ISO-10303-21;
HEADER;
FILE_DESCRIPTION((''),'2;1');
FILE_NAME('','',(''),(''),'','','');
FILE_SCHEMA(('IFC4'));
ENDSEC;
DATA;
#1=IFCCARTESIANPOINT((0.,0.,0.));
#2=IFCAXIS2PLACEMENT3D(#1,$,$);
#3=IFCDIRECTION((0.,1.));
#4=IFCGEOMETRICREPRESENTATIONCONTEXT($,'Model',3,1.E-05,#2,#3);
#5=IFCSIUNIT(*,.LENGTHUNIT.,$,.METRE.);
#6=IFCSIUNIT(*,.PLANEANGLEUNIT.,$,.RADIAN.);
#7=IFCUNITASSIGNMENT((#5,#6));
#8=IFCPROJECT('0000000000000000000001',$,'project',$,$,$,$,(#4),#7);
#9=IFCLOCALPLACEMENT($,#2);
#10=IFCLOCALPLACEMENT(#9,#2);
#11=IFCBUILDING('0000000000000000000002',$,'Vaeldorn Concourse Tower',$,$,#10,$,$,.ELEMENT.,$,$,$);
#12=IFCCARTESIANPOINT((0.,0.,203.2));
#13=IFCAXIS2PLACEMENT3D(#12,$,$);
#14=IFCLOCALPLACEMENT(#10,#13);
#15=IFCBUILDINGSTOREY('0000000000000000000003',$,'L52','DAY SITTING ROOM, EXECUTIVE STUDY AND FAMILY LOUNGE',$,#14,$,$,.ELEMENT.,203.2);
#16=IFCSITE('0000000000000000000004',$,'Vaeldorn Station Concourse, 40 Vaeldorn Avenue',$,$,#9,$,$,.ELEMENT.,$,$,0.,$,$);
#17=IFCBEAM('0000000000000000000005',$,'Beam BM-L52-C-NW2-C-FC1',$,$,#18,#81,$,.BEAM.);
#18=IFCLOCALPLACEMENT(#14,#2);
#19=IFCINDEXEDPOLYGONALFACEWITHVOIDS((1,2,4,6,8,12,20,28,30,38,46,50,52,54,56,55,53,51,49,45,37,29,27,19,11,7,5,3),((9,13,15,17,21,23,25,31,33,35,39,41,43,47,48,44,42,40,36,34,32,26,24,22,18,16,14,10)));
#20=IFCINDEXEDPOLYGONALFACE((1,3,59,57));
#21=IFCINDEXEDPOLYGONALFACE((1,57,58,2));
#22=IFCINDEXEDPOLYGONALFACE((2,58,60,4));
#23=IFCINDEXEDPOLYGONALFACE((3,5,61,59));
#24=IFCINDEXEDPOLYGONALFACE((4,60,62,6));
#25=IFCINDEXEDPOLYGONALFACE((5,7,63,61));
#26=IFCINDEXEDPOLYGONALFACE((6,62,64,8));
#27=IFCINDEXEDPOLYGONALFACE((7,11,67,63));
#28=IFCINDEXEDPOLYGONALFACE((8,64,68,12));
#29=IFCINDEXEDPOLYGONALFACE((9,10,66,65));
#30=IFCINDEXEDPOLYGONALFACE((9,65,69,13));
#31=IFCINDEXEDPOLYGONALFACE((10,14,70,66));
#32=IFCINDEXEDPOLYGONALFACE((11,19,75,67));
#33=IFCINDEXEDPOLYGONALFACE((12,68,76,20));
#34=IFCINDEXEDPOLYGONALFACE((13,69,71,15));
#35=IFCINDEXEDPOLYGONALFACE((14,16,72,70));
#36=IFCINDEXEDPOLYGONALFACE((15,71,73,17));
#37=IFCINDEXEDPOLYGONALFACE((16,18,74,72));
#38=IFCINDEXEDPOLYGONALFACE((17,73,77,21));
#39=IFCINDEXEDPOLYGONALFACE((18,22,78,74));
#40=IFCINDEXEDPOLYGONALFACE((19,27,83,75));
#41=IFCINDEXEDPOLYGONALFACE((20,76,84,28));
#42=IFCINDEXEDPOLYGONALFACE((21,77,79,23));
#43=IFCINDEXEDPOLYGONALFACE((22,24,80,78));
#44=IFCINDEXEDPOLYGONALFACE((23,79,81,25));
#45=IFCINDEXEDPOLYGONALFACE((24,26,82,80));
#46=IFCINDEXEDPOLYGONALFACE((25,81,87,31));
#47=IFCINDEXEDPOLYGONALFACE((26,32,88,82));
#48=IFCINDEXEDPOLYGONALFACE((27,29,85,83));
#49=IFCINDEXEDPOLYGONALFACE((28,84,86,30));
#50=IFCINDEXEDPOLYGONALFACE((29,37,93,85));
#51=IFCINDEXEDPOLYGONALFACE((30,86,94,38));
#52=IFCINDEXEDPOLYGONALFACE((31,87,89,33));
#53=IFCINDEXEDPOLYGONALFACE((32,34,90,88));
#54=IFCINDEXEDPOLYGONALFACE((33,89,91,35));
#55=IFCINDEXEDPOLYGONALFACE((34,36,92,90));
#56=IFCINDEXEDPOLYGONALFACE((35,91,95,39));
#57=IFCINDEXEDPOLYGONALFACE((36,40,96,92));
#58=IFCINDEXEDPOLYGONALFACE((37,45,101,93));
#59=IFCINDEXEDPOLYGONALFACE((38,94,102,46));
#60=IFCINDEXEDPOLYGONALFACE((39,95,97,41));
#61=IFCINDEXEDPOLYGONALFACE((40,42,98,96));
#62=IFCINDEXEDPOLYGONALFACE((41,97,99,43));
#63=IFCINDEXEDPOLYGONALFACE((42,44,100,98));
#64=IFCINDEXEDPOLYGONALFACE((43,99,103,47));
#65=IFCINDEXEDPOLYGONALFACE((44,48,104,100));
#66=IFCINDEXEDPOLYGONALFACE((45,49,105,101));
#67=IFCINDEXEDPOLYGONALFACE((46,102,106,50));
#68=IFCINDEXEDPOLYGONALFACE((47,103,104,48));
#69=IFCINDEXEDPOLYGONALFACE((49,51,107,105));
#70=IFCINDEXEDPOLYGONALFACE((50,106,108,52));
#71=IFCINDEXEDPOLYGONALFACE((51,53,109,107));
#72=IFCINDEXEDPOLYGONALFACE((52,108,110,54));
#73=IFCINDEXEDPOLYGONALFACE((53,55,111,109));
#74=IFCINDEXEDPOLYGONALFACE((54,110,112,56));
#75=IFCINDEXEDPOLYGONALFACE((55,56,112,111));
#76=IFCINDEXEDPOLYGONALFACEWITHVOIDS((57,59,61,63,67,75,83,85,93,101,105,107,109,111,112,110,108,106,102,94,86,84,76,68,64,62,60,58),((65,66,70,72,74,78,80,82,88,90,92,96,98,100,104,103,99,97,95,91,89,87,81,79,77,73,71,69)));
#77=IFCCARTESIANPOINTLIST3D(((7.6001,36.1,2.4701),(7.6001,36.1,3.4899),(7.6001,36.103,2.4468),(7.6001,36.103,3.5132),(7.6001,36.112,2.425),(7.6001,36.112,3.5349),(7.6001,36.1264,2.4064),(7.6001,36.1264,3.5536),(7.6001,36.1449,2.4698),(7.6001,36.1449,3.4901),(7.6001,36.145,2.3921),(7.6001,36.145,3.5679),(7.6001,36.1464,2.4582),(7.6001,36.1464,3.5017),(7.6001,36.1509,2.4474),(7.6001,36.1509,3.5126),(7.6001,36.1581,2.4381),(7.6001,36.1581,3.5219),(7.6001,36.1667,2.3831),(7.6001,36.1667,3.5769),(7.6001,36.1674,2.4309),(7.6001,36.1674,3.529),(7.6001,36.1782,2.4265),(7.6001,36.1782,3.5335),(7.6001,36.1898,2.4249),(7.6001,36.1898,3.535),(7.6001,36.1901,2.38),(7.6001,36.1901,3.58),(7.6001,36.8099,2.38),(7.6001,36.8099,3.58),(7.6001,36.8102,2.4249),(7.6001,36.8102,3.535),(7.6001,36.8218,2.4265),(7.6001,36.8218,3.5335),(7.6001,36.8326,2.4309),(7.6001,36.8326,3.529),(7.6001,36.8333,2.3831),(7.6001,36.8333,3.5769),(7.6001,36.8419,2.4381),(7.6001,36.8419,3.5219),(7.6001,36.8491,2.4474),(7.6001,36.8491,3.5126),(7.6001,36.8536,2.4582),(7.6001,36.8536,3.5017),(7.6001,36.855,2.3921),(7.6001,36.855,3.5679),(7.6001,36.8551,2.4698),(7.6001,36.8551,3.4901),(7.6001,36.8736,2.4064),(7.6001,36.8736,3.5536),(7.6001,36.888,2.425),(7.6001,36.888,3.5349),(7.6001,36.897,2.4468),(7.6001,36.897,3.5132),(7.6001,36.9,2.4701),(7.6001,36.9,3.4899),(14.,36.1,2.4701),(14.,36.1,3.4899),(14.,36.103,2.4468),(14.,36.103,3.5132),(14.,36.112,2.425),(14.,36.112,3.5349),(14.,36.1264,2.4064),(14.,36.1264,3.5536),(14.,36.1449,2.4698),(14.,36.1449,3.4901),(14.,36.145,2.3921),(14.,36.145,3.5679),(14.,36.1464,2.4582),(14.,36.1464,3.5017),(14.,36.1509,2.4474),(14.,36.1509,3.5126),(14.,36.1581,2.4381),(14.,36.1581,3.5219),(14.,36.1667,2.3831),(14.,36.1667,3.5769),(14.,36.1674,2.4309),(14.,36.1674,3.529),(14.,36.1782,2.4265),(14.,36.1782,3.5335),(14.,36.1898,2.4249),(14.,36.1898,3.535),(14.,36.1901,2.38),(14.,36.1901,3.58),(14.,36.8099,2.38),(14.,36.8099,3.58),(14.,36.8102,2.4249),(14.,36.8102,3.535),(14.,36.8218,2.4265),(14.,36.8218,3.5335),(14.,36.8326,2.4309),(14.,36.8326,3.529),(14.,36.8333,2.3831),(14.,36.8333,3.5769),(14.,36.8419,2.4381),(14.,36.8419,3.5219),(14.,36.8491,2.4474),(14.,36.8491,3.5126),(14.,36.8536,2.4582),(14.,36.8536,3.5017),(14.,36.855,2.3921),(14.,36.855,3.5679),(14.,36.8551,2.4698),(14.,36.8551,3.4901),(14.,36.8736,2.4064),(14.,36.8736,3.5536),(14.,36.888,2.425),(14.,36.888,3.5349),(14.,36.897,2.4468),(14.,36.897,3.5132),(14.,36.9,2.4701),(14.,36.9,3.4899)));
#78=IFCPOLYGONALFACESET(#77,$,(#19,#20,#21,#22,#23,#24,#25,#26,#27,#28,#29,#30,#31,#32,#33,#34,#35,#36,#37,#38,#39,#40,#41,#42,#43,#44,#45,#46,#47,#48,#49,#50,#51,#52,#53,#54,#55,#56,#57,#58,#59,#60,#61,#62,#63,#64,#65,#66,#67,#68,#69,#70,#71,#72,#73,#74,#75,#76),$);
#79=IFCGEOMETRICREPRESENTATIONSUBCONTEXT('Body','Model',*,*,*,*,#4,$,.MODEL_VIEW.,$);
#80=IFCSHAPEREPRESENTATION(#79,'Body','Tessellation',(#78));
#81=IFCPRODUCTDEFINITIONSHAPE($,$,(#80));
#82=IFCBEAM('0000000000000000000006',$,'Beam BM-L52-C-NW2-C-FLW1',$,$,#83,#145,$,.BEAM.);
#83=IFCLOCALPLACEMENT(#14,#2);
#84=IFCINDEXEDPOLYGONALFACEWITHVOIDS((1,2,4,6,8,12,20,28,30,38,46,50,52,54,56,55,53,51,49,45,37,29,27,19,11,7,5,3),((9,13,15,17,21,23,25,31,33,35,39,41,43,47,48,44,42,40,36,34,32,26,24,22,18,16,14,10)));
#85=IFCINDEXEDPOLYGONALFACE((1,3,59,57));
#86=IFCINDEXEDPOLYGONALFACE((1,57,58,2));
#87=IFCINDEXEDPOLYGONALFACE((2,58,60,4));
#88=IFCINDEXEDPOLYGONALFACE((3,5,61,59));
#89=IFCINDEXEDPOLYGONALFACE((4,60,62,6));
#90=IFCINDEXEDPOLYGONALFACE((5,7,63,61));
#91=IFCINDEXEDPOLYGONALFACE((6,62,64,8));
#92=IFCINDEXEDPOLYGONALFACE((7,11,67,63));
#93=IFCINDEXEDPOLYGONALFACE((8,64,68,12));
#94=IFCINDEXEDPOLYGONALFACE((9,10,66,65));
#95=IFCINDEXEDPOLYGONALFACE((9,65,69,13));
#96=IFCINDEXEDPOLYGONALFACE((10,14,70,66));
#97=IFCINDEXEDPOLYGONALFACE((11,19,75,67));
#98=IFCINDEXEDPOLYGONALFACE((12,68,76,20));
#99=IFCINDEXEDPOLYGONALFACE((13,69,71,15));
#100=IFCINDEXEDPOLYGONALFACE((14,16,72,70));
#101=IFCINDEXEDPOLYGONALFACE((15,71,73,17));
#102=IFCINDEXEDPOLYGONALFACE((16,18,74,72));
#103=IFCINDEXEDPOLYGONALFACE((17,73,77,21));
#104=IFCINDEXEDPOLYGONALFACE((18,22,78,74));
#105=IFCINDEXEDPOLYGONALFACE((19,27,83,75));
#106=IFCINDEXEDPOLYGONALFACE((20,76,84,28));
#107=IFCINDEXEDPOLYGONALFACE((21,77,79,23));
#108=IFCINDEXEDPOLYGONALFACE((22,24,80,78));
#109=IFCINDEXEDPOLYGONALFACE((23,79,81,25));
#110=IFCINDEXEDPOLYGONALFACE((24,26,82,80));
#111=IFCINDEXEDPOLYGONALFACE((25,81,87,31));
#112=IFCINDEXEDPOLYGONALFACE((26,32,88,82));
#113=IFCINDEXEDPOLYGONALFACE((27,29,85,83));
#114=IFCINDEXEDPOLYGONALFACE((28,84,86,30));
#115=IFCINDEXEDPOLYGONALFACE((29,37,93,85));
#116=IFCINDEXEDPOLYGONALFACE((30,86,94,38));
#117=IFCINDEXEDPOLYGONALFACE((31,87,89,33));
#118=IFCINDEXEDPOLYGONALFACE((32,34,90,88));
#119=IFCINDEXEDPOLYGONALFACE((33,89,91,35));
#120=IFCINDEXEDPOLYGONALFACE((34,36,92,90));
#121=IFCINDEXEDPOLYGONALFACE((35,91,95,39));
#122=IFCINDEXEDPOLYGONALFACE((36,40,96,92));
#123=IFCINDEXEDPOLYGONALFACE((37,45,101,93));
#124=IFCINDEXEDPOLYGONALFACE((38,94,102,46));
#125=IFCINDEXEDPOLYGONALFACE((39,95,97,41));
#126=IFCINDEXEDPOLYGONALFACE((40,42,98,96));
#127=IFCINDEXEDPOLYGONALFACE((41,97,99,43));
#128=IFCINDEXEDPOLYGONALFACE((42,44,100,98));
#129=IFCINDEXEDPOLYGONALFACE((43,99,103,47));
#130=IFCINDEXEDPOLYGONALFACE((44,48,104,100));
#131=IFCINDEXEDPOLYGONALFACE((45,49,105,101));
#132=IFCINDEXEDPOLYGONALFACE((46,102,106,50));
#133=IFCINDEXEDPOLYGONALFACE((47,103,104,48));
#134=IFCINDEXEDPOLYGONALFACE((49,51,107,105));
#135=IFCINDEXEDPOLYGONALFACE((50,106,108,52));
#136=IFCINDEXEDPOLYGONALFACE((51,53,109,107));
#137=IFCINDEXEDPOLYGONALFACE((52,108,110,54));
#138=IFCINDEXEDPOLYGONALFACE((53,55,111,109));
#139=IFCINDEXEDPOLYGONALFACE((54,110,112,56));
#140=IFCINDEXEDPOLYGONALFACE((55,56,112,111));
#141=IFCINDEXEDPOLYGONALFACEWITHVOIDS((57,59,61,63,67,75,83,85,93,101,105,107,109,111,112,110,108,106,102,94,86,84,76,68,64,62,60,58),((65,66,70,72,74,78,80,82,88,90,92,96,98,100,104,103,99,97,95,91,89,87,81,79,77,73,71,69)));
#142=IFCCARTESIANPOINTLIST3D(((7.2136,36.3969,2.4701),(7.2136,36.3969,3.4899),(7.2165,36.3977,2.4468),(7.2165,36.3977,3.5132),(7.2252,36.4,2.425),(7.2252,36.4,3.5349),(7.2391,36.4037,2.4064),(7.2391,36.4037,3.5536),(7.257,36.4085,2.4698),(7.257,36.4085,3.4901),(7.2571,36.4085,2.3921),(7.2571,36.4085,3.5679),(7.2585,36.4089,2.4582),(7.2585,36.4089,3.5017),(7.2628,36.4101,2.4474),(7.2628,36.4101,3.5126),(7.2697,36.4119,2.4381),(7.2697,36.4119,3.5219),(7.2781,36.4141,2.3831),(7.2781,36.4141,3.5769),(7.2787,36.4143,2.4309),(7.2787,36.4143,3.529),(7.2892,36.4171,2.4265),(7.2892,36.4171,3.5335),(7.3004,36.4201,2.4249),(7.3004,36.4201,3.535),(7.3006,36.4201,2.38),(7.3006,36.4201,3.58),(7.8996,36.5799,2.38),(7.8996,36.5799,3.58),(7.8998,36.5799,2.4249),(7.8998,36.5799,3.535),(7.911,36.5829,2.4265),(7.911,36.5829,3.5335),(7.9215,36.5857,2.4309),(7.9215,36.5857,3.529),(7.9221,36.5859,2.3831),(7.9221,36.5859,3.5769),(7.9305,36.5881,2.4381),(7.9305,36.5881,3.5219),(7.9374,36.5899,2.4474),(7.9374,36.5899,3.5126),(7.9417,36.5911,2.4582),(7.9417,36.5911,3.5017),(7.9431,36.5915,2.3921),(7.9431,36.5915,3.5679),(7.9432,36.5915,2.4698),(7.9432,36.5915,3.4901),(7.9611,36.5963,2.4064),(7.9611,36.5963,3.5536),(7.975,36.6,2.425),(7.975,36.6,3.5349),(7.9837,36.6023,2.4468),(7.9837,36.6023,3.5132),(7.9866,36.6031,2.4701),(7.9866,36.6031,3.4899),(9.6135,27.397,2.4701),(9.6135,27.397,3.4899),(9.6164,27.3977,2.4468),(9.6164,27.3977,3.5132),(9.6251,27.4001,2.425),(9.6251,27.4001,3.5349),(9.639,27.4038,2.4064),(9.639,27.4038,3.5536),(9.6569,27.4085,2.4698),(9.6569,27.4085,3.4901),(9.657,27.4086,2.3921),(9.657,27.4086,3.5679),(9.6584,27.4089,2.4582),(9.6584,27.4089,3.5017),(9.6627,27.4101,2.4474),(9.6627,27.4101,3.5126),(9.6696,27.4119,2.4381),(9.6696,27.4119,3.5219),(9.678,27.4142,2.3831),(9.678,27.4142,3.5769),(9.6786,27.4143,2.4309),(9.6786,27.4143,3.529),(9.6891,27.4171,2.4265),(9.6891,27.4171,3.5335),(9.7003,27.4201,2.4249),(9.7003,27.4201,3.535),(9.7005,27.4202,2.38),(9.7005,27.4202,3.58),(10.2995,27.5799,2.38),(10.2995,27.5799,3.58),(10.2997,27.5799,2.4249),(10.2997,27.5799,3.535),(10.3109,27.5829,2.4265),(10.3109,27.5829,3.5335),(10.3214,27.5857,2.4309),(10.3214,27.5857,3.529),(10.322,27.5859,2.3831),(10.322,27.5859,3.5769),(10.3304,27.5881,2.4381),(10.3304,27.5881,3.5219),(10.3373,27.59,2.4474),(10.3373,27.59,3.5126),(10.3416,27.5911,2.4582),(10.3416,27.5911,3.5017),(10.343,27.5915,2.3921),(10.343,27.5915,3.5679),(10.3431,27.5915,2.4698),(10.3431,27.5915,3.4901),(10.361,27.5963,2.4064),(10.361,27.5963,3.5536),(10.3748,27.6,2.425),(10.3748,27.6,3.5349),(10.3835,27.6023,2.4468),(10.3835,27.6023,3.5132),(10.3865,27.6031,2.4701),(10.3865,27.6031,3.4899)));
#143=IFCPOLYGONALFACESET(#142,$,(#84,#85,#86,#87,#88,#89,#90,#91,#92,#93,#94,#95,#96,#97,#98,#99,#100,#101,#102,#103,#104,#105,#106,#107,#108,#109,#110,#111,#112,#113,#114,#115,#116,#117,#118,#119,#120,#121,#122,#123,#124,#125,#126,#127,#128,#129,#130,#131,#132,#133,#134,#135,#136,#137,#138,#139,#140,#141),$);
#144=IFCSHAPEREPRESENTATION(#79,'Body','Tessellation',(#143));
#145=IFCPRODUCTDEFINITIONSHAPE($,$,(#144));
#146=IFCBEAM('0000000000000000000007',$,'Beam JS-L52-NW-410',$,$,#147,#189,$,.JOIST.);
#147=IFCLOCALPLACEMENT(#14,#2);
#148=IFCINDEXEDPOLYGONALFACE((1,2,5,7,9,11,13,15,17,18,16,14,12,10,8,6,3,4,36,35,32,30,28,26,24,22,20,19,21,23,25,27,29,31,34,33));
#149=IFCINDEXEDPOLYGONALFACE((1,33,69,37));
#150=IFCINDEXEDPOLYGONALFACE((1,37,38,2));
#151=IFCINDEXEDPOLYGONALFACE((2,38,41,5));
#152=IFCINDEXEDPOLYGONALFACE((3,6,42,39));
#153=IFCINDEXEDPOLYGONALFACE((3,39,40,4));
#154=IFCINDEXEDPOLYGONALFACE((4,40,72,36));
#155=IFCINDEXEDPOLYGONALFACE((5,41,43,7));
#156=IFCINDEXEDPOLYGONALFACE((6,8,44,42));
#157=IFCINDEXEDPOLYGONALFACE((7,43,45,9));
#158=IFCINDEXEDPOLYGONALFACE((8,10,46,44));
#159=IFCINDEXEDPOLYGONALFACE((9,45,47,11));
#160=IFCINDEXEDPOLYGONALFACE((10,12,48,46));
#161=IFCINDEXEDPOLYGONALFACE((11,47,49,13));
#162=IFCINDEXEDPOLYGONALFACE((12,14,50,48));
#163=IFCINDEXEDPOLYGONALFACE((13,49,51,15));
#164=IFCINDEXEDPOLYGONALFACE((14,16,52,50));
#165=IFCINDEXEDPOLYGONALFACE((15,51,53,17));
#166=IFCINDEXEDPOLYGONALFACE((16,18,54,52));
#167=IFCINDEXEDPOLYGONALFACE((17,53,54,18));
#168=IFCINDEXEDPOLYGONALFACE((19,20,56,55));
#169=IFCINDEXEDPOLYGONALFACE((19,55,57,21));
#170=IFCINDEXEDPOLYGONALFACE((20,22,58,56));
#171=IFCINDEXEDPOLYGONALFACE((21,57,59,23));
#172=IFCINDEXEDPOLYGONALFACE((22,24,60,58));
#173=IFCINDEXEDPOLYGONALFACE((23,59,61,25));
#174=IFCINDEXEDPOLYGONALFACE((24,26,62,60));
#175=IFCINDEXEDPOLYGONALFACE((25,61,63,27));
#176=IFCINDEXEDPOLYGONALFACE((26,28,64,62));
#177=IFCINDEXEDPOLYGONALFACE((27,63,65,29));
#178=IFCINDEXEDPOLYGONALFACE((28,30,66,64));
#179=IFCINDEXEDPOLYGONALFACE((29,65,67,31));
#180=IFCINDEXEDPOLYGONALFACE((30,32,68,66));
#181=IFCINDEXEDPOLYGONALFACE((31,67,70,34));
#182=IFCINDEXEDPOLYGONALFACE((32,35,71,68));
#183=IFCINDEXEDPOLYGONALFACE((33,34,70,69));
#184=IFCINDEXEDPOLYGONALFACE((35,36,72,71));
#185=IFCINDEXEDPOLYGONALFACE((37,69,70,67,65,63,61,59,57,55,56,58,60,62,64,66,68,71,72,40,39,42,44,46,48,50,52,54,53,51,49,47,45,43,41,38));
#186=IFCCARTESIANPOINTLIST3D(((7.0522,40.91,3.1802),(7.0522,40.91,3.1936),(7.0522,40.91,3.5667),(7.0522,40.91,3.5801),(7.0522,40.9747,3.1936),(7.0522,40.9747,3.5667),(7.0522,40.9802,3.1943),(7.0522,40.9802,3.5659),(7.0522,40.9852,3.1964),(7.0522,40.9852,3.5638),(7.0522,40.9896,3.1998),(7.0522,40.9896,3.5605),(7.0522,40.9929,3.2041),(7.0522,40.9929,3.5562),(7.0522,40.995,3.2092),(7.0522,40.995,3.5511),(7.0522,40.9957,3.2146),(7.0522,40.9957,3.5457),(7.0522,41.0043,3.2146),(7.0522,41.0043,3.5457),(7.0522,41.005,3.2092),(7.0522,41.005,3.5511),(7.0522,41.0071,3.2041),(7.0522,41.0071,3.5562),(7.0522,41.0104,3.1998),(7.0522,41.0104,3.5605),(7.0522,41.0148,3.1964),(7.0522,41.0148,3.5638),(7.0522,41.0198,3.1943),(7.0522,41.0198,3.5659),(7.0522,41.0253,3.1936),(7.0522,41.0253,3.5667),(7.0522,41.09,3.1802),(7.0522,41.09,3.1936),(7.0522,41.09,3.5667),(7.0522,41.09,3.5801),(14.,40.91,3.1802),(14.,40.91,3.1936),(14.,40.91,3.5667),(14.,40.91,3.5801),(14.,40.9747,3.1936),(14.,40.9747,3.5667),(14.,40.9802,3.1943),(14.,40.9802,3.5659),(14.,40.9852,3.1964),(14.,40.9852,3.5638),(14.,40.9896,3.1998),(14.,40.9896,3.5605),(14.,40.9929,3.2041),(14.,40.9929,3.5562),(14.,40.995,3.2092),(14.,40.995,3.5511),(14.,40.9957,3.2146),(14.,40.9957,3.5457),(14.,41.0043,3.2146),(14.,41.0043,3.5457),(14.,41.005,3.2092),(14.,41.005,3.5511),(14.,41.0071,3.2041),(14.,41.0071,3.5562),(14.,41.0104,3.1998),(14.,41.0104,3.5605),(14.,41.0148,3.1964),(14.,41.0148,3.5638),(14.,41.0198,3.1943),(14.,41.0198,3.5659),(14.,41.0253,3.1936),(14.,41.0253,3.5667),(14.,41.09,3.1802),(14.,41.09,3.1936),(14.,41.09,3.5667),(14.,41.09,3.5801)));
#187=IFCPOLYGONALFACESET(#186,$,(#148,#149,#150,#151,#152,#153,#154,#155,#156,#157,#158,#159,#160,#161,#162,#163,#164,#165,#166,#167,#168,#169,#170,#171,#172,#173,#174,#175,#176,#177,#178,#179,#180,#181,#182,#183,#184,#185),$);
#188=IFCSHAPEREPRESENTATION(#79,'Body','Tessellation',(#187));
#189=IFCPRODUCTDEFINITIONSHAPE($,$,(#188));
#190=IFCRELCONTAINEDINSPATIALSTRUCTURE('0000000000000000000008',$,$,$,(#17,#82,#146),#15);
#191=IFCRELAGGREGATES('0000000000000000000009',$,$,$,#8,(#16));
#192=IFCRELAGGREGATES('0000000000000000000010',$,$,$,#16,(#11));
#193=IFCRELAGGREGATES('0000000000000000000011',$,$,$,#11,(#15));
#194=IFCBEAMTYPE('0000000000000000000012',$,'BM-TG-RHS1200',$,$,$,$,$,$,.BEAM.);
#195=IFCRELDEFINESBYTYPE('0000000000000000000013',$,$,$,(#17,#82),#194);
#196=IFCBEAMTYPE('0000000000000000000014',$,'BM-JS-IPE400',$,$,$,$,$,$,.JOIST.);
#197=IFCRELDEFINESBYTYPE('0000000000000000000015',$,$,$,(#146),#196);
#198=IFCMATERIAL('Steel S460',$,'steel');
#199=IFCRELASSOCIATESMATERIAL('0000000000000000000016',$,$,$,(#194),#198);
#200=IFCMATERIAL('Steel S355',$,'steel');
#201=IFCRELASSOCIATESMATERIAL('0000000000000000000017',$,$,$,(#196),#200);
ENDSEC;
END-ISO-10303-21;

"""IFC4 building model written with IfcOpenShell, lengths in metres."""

from ifc_helpers import new_model, si_unit, direction, frame, origin, origin_2d, place, context, subcontext, project, spatial, hollow_rectangle, i_section, extrude, source, transform, mapped, material, material_profile, profile_set, type_object, element, save


model = new_model("IFC4")

# Units and contexts
model_context = context("Model", 3, precision=1e-05, world=origin(), true_north=direction((0.0, 1.0)))
body_context = subcontext(model_context, "Body", "Model", "MODEL_VIEW")
ifc_project = project(units=[si_unit("LENGTHUNIT", "METRE"), si_unit("PLANEANGLEUNIT", "RADIAN")], contexts=[model_context])

# Site, building, storey
site_placement = place(None, origin())
site = spatial("IfcSite", under=ifc_project, at=site_placement, Name="Vaeldorn Station Concourse, 40 Vaeldorn Avenue", CompositionType="ELEMENT", RefElevation=0.0)
building_placement = place(site_placement, origin())
building = spatial("IfcBuilding", under=site, at=building_placement, Name="Vaeldorn Concourse Tower", CompositionType="ELEMENT")
storey_placement = place(building_placement, frame((0.0, 0.0, 203.2)))
storey = spatial("IfcBuildingStorey", under=building, at=storey_placement, Name="L52", Description="DAY SITTING ROOM, EXECUTIVE STUDY AND FAMILY LOUNGE", CompositionType="ELEMENT", Elevation=203.2)

# Shared definitions
ifc_material_1 = material(Name="Steel S460", Category="steel")

# Beams
ifc_material_profile_1 = material_profile(ifc_material_1, hollow_rectangle(XDim=0.8, YDim=1.2, WallThickness=0.0449, InnerFilletRadius=0.0449, OuterFilletRadius=0.0901, at=origin_2d()), Name="RHS 1200x800x45")
ifc_profile_set_1 = profile_set([ifc_material_profile_1], Name="Steel S460")
beam_type_1 = type_object("IfcBeamType", Name="BM-TG-RHS1200", PredefinedType="BEAM", material=ifc_profile_set_1)
shared_shape_1 = source(origin(), body_context, "Body", "SweptSolid", [
    extrude(hollow_rectangle(XDim=0.8, YDim=1.2, WallThickness=0.0449, InnerFilletRadius=0.0449, OuterFilletRadius=0.0901, at=origin_2d()), origin(), (0.0, 0.0, 1.0), 6.3999),
])
beam_1_placement = place(storey_placement, frame((7.6001, 36.5, 2.98), z_axis=(1.0, 0.0, 0.0), x_axis=(0.0, 1.0, 0.0)))
element("IfcBeam", 1, at=beam_1_placement, inside=storey, type_object=beam_type_1, Name="Beam BM-L52-C-NW2-C-FC1", PredefinedType="BEAM", context=body_context, shape_type="MappedRepresentation", body=[
    mapped(shared_shape_1, transform((0.0, 0.0, 0.0), scale=1.0)),
])
shared_shape_2 = source(origin(), body_context, "Body", "SweptSolid", [
    extrude(hollow_rectangle(XDim=0.8, YDim=1.2, WallThickness=0.0449, InnerFilletRadius=0.0449, OuterFilletRadius=0.0901, at=origin_2d()), origin(), (0.0, 0.0, 1.0), 9.3145),
])
beam_2_placement = place(storey_placement, frame((7.6001, 36.5, 2.98), z_axis=(0.257653, -0.966238, 0.0), x_axis=(0.966238, 0.257653, 0.0)))
element("IfcBeam", 2, at=beam_2_placement, inside=storey, type_object=beam_type_1, Name="Beam BM-L52-C-NW2-C-FLW1", PredefinedType="BEAM", context=body_context, shape_type="MappedRepresentation", body=[
    mapped(shared_shape_2, transform((0.0, 0.0, 0.0), scale=1.0)),
])
ifc_material_2 = material(Name="Steel S355", Category="steel")
ifc_material_profile_2 = material_profile(ifc_material_2, i_section(OverallWidth=0.1799, OverallDepth=0.3999, WebThickness=0.0085, FlangeThickness=0.0134, FilletRadius=0.021, at=origin_2d()), Name="IPE 400")
ifc_profile_set_2 = profile_set([ifc_material_profile_2], Name="Steel S355")
beam_type_2 = type_object("IfcBeamType", Name="BM-JS-IPE400", PredefinedType="JOIST", material=ifc_profile_set_2)
shared_shape_3 = source(origin(), body_context, "Body", "SweptSolid", [
    extrude(i_section(OverallWidth=0.1799, OverallDepth=0.3999, WebThickness=0.0085, FlangeThickness=0.0134, FilletRadius=0.021, at=origin_2d()), origin(), (0.0, 0.0, 1.0), 6.9478),
])
beam_3_placement = place(storey_placement, frame((7.0522, 41.0, 3.3801), z_axis=(1.0, 0.0, 0.0), x_axis=(0.0, 1.0, 0.0)))
element("IfcBeam", 3, at=beam_3_placement, inside=storey, type_object=beam_type_2, Name="Beam JS-L52-NW-410", PredefinedType="JOIST", context=body_context, shape_type="MappedRepresentation", body=[
    mapped(shared_shape_3, transform((0.0, 0.0, 0.0), scale=1.0)),
])

save(model, "model.ifc")
